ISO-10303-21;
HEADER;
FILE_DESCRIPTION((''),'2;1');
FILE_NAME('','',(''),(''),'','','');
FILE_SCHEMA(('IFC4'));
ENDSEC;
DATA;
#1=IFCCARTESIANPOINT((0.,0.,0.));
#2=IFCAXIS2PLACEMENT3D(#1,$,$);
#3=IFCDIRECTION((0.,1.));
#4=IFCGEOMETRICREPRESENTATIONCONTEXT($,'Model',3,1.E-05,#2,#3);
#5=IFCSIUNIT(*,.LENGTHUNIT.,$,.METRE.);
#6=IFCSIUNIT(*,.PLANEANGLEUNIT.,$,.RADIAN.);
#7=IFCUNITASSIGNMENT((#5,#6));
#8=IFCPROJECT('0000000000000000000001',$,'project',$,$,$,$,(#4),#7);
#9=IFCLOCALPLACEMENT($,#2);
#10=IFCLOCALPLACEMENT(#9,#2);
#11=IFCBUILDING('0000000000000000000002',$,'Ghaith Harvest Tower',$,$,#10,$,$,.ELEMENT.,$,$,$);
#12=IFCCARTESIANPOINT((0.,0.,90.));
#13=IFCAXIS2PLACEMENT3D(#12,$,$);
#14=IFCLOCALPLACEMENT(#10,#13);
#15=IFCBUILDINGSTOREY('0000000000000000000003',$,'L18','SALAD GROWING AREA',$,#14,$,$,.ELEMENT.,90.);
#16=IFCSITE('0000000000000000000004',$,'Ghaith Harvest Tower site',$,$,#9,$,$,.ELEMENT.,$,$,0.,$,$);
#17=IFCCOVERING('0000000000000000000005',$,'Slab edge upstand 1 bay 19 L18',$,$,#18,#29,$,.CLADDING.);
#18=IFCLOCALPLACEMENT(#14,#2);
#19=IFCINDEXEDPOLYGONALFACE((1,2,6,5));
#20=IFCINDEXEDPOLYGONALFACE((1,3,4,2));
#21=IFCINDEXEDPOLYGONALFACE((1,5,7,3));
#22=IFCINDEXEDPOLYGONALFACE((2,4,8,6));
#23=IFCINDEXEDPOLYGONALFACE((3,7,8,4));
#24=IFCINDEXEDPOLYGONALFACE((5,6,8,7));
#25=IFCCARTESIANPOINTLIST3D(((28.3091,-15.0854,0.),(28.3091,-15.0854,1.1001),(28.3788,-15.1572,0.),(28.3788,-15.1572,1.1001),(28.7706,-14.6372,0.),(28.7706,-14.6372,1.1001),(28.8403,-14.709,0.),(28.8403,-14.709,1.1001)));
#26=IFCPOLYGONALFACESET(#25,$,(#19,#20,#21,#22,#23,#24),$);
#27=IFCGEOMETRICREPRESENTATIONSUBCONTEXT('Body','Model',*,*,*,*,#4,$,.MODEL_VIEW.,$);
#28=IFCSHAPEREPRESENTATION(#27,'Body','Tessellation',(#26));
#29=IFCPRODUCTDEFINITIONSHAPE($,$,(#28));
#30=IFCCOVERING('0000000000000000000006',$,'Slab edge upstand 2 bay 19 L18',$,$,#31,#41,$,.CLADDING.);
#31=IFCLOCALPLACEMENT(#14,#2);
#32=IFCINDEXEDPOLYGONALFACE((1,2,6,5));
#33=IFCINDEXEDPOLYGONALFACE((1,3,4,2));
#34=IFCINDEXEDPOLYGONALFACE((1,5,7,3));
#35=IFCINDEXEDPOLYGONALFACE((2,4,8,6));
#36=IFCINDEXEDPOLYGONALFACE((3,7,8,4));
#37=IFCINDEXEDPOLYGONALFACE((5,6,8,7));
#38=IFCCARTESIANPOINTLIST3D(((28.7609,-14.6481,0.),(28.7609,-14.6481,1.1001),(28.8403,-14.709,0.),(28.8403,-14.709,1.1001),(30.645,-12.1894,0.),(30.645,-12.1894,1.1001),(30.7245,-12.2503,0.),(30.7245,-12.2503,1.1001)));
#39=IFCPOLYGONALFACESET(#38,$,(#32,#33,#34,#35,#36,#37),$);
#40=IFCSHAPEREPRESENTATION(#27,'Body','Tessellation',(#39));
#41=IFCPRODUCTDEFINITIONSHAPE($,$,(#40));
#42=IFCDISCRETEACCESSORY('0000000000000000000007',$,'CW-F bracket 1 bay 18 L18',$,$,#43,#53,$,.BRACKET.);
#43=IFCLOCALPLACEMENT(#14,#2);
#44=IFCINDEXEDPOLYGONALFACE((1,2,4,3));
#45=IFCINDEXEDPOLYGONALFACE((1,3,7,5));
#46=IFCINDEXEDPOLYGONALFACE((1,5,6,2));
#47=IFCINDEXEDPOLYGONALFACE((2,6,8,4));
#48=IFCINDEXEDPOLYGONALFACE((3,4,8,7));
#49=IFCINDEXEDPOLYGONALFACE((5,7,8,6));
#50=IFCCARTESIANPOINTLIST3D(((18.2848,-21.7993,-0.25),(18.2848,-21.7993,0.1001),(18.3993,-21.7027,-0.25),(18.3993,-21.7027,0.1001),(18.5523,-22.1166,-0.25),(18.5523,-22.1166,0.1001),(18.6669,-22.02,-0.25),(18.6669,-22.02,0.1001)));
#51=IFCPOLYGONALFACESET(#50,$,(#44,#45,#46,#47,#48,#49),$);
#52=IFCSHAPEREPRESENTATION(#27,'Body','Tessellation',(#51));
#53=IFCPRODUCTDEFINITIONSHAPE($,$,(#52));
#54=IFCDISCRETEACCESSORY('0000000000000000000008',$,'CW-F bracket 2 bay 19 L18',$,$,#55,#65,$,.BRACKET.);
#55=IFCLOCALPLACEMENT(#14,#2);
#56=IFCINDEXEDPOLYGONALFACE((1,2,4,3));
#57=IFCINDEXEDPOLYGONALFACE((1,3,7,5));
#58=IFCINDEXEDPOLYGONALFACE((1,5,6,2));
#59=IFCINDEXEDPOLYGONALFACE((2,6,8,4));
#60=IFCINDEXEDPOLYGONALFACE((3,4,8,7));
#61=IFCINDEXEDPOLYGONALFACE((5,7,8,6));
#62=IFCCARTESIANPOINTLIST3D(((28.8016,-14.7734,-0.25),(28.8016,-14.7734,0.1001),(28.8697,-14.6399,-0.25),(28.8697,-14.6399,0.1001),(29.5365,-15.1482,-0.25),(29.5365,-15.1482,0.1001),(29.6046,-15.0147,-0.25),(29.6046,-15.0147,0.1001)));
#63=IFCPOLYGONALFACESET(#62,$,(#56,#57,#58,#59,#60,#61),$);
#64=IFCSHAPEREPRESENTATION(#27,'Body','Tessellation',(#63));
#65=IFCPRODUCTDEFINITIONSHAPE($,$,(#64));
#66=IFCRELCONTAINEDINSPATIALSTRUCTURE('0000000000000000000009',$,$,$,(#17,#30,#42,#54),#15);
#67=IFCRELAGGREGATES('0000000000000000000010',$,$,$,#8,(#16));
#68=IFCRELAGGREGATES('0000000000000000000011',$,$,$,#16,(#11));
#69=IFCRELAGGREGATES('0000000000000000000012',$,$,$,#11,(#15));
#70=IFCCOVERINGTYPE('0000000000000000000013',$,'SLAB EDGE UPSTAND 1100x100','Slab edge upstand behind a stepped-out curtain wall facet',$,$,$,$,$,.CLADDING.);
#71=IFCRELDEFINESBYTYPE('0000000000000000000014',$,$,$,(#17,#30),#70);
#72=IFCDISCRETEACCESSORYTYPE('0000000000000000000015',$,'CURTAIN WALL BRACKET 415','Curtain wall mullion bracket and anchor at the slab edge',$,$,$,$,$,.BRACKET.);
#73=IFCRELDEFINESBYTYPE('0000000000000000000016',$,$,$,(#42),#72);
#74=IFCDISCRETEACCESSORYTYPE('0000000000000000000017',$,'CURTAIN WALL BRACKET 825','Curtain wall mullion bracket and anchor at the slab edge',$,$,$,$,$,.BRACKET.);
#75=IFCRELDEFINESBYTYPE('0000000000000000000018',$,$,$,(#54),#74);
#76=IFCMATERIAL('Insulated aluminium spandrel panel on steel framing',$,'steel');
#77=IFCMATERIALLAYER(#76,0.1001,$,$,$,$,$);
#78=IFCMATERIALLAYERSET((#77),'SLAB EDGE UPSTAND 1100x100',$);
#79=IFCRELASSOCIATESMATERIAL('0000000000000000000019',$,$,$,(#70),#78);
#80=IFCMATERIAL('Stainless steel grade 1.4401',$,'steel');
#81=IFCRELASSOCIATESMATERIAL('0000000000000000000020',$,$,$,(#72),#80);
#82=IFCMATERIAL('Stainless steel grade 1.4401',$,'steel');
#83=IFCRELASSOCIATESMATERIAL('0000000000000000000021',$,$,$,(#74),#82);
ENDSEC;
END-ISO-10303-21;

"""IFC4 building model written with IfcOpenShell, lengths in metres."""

from ifc_helpers import new_model, si_unit, direction, frame, origin, origin_2d, place, context, subcontext, project, spatial, rectangle, extrude, material, layer, layer_set, type_object, element, save


model = new_model("IFC4")

# Units and contexts
model_context = context("Model", 3, precision=1e-05, world=origin(), true_north=direction((0.0, 1.0)))
body_context = subcontext(model_context, "Body", "Model", "MODEL_VIEW")
ifc_project = project(units=[si_unit("LENGTHUNIT", "METRE"), si_unit("PLANEANGLEUNIT", "RADIAN")], contexts=[model_context])

# Site, building, storey
site_placement = place(None, origin())
site = spatial("IfcSite", under=ifc_project, at=site_placement, Name="Ghaith Harvest Tower site", CompositionType="ELEMENT", RefElevation=0.0)
building_placement = place(site_placement, origin())
building = spatial("IfcBuilding", under=site, at=building_placement, Name="Ghaith Harvest Tower", CompositionType="ELEMENT")
storey_placement = place(building_placement, frame((0.0, 0.0, 90.0)))
storey = spatial("IfcBuildingStorey", under=building, at=storey_placement, Name="L18", Description="SALAD GROWING AREA", CompositionType="ELEMENT", Elevation=90.0)

# Coverings
ifc_material_1 = material(Name="Insulated aluminium spandrel panel on steel framing", Category="steel")
ifc_layer_1 = layer(ifc_material_1, 0.1001)
ifc_layer_set_1 = layer_set([ifc_layer_1], Name="SLAB EDGE UPSTAND 1100x100")
covering_type = type_object("IfcCoveringType", Name="SLAB EDGE UPSTAND 1100x100", Description="Slab edge upstand behind a stepped-out curtain wall facet", PredefinedType="CLADDING", material=ifc_layer_set_1)
covering_1_placement = place(storey_placement, frame((28.5747, -14.8972, 0.0), z_axis=(0.0, 0.0, 1.0), x_axis=(0.717386, 0.696675, 0.0)))
element("IfcCovering", 1, at=covering_1_placement, inside=storey, type_object=covering_type, Name="Slab edge upstand 1 bay 19 L18", PredefinedType="CLADDING", context=body_context, shape_type="SweptSolid", body=[
    extrude(rectangle(XDim=0.6433, YDim=0.1001, at=origin_2d()), origin(), (0.0, 0.0, 1.0), 1.1001),
])
covering_2_placement = place(storey_placement, frame((29.7427, -13.4492, 0.0), z_axis=(0.0, 0.0, 1.0), x_axis=(0.608255, 0.793742, 0.0)))
element("IfcCovering", 2, at=covering_2_placement, inside=storey, type_object=covering_type, Name="Slab edge upstand 2 bay 19 L18", PredefinedType="CLADDING", context=body_context, shape_type="SweptSolid", body=[
    extrude(rectangle(XDim=3.0977, YDim=0.1001, at=origin_2d()), origin(), (0.0, 0.0, 1.0), 1.1001),
])

# Discrete accessories
ifc_material_2 = material(Name="Stainless steel grade 1.4401", Category="steel")
discrete_accessory_type_1 = type_object("IfcDiscreteAccessoryType", Name="CURTAIN WALL BRACKET 415", Description="Curtain wall mullion bracket and anchor at the slab edge", PredefinedType="BRACKET", material=ifc_material_2)
discrete_accessory_1_placement = place(storey_placement, frame((18.4758, -21.9097, -0.25), z_axis=(0.0, 0.0, 1.0), x_axis=(0.644657, -0.764472, 0.0)))
element("IfcDiscreteAccessory", 3, at=discrete_accessory_1_placement, inside=storey, type_object=discrete_accessory_type_1, Name="CW-F bracket 1 bay 18 L18", PredefinedType="BRACKET", context=body_context, shape_type="SweptSolid", body=[
    extrude(rectangle(XDim=0.415, YDim=0.1499, at=origin_2d()), origin(), (0.0, 0.0, 1.0), 0.3501),
])
ifc_material_3 = material(Name="Stainless steel grade 1.4401", Category="steel")
discrete_accessory_type_2 = type_object("IfcDiscreteAccessoryType", Name="CURTAIN WALL BRACKET 825", Description="Curtain wall mullion bracket and anchor at the slab edge", PredefinedType="BRACKET", material=ifc_material_3)
discrete_accessory_2_placement = place(storey_placement, frame((29.2031, -14.894, -0.25), z_axis=(0.0, 0.0, 1.0), x_axis=(0.890831, -0.454335, 0.0)))
element("IfcDiscreteAccessory", 4, at=discrete_accessory_2_placement, inside=storey, type_object=discrete_accessory_type_2, Name="CW-F bracket 2 bay 19 L18", PredefinedType="BRACKET", context=body_context, shape_type="SweptSolid", body=[
    extrude(rectangle(XDim=0.825, YDim=0.1499, at=origin_2d()), origin(), (0.0, 0.0, 1.0), 0.3501),
])

save(model, "model.ifc")
